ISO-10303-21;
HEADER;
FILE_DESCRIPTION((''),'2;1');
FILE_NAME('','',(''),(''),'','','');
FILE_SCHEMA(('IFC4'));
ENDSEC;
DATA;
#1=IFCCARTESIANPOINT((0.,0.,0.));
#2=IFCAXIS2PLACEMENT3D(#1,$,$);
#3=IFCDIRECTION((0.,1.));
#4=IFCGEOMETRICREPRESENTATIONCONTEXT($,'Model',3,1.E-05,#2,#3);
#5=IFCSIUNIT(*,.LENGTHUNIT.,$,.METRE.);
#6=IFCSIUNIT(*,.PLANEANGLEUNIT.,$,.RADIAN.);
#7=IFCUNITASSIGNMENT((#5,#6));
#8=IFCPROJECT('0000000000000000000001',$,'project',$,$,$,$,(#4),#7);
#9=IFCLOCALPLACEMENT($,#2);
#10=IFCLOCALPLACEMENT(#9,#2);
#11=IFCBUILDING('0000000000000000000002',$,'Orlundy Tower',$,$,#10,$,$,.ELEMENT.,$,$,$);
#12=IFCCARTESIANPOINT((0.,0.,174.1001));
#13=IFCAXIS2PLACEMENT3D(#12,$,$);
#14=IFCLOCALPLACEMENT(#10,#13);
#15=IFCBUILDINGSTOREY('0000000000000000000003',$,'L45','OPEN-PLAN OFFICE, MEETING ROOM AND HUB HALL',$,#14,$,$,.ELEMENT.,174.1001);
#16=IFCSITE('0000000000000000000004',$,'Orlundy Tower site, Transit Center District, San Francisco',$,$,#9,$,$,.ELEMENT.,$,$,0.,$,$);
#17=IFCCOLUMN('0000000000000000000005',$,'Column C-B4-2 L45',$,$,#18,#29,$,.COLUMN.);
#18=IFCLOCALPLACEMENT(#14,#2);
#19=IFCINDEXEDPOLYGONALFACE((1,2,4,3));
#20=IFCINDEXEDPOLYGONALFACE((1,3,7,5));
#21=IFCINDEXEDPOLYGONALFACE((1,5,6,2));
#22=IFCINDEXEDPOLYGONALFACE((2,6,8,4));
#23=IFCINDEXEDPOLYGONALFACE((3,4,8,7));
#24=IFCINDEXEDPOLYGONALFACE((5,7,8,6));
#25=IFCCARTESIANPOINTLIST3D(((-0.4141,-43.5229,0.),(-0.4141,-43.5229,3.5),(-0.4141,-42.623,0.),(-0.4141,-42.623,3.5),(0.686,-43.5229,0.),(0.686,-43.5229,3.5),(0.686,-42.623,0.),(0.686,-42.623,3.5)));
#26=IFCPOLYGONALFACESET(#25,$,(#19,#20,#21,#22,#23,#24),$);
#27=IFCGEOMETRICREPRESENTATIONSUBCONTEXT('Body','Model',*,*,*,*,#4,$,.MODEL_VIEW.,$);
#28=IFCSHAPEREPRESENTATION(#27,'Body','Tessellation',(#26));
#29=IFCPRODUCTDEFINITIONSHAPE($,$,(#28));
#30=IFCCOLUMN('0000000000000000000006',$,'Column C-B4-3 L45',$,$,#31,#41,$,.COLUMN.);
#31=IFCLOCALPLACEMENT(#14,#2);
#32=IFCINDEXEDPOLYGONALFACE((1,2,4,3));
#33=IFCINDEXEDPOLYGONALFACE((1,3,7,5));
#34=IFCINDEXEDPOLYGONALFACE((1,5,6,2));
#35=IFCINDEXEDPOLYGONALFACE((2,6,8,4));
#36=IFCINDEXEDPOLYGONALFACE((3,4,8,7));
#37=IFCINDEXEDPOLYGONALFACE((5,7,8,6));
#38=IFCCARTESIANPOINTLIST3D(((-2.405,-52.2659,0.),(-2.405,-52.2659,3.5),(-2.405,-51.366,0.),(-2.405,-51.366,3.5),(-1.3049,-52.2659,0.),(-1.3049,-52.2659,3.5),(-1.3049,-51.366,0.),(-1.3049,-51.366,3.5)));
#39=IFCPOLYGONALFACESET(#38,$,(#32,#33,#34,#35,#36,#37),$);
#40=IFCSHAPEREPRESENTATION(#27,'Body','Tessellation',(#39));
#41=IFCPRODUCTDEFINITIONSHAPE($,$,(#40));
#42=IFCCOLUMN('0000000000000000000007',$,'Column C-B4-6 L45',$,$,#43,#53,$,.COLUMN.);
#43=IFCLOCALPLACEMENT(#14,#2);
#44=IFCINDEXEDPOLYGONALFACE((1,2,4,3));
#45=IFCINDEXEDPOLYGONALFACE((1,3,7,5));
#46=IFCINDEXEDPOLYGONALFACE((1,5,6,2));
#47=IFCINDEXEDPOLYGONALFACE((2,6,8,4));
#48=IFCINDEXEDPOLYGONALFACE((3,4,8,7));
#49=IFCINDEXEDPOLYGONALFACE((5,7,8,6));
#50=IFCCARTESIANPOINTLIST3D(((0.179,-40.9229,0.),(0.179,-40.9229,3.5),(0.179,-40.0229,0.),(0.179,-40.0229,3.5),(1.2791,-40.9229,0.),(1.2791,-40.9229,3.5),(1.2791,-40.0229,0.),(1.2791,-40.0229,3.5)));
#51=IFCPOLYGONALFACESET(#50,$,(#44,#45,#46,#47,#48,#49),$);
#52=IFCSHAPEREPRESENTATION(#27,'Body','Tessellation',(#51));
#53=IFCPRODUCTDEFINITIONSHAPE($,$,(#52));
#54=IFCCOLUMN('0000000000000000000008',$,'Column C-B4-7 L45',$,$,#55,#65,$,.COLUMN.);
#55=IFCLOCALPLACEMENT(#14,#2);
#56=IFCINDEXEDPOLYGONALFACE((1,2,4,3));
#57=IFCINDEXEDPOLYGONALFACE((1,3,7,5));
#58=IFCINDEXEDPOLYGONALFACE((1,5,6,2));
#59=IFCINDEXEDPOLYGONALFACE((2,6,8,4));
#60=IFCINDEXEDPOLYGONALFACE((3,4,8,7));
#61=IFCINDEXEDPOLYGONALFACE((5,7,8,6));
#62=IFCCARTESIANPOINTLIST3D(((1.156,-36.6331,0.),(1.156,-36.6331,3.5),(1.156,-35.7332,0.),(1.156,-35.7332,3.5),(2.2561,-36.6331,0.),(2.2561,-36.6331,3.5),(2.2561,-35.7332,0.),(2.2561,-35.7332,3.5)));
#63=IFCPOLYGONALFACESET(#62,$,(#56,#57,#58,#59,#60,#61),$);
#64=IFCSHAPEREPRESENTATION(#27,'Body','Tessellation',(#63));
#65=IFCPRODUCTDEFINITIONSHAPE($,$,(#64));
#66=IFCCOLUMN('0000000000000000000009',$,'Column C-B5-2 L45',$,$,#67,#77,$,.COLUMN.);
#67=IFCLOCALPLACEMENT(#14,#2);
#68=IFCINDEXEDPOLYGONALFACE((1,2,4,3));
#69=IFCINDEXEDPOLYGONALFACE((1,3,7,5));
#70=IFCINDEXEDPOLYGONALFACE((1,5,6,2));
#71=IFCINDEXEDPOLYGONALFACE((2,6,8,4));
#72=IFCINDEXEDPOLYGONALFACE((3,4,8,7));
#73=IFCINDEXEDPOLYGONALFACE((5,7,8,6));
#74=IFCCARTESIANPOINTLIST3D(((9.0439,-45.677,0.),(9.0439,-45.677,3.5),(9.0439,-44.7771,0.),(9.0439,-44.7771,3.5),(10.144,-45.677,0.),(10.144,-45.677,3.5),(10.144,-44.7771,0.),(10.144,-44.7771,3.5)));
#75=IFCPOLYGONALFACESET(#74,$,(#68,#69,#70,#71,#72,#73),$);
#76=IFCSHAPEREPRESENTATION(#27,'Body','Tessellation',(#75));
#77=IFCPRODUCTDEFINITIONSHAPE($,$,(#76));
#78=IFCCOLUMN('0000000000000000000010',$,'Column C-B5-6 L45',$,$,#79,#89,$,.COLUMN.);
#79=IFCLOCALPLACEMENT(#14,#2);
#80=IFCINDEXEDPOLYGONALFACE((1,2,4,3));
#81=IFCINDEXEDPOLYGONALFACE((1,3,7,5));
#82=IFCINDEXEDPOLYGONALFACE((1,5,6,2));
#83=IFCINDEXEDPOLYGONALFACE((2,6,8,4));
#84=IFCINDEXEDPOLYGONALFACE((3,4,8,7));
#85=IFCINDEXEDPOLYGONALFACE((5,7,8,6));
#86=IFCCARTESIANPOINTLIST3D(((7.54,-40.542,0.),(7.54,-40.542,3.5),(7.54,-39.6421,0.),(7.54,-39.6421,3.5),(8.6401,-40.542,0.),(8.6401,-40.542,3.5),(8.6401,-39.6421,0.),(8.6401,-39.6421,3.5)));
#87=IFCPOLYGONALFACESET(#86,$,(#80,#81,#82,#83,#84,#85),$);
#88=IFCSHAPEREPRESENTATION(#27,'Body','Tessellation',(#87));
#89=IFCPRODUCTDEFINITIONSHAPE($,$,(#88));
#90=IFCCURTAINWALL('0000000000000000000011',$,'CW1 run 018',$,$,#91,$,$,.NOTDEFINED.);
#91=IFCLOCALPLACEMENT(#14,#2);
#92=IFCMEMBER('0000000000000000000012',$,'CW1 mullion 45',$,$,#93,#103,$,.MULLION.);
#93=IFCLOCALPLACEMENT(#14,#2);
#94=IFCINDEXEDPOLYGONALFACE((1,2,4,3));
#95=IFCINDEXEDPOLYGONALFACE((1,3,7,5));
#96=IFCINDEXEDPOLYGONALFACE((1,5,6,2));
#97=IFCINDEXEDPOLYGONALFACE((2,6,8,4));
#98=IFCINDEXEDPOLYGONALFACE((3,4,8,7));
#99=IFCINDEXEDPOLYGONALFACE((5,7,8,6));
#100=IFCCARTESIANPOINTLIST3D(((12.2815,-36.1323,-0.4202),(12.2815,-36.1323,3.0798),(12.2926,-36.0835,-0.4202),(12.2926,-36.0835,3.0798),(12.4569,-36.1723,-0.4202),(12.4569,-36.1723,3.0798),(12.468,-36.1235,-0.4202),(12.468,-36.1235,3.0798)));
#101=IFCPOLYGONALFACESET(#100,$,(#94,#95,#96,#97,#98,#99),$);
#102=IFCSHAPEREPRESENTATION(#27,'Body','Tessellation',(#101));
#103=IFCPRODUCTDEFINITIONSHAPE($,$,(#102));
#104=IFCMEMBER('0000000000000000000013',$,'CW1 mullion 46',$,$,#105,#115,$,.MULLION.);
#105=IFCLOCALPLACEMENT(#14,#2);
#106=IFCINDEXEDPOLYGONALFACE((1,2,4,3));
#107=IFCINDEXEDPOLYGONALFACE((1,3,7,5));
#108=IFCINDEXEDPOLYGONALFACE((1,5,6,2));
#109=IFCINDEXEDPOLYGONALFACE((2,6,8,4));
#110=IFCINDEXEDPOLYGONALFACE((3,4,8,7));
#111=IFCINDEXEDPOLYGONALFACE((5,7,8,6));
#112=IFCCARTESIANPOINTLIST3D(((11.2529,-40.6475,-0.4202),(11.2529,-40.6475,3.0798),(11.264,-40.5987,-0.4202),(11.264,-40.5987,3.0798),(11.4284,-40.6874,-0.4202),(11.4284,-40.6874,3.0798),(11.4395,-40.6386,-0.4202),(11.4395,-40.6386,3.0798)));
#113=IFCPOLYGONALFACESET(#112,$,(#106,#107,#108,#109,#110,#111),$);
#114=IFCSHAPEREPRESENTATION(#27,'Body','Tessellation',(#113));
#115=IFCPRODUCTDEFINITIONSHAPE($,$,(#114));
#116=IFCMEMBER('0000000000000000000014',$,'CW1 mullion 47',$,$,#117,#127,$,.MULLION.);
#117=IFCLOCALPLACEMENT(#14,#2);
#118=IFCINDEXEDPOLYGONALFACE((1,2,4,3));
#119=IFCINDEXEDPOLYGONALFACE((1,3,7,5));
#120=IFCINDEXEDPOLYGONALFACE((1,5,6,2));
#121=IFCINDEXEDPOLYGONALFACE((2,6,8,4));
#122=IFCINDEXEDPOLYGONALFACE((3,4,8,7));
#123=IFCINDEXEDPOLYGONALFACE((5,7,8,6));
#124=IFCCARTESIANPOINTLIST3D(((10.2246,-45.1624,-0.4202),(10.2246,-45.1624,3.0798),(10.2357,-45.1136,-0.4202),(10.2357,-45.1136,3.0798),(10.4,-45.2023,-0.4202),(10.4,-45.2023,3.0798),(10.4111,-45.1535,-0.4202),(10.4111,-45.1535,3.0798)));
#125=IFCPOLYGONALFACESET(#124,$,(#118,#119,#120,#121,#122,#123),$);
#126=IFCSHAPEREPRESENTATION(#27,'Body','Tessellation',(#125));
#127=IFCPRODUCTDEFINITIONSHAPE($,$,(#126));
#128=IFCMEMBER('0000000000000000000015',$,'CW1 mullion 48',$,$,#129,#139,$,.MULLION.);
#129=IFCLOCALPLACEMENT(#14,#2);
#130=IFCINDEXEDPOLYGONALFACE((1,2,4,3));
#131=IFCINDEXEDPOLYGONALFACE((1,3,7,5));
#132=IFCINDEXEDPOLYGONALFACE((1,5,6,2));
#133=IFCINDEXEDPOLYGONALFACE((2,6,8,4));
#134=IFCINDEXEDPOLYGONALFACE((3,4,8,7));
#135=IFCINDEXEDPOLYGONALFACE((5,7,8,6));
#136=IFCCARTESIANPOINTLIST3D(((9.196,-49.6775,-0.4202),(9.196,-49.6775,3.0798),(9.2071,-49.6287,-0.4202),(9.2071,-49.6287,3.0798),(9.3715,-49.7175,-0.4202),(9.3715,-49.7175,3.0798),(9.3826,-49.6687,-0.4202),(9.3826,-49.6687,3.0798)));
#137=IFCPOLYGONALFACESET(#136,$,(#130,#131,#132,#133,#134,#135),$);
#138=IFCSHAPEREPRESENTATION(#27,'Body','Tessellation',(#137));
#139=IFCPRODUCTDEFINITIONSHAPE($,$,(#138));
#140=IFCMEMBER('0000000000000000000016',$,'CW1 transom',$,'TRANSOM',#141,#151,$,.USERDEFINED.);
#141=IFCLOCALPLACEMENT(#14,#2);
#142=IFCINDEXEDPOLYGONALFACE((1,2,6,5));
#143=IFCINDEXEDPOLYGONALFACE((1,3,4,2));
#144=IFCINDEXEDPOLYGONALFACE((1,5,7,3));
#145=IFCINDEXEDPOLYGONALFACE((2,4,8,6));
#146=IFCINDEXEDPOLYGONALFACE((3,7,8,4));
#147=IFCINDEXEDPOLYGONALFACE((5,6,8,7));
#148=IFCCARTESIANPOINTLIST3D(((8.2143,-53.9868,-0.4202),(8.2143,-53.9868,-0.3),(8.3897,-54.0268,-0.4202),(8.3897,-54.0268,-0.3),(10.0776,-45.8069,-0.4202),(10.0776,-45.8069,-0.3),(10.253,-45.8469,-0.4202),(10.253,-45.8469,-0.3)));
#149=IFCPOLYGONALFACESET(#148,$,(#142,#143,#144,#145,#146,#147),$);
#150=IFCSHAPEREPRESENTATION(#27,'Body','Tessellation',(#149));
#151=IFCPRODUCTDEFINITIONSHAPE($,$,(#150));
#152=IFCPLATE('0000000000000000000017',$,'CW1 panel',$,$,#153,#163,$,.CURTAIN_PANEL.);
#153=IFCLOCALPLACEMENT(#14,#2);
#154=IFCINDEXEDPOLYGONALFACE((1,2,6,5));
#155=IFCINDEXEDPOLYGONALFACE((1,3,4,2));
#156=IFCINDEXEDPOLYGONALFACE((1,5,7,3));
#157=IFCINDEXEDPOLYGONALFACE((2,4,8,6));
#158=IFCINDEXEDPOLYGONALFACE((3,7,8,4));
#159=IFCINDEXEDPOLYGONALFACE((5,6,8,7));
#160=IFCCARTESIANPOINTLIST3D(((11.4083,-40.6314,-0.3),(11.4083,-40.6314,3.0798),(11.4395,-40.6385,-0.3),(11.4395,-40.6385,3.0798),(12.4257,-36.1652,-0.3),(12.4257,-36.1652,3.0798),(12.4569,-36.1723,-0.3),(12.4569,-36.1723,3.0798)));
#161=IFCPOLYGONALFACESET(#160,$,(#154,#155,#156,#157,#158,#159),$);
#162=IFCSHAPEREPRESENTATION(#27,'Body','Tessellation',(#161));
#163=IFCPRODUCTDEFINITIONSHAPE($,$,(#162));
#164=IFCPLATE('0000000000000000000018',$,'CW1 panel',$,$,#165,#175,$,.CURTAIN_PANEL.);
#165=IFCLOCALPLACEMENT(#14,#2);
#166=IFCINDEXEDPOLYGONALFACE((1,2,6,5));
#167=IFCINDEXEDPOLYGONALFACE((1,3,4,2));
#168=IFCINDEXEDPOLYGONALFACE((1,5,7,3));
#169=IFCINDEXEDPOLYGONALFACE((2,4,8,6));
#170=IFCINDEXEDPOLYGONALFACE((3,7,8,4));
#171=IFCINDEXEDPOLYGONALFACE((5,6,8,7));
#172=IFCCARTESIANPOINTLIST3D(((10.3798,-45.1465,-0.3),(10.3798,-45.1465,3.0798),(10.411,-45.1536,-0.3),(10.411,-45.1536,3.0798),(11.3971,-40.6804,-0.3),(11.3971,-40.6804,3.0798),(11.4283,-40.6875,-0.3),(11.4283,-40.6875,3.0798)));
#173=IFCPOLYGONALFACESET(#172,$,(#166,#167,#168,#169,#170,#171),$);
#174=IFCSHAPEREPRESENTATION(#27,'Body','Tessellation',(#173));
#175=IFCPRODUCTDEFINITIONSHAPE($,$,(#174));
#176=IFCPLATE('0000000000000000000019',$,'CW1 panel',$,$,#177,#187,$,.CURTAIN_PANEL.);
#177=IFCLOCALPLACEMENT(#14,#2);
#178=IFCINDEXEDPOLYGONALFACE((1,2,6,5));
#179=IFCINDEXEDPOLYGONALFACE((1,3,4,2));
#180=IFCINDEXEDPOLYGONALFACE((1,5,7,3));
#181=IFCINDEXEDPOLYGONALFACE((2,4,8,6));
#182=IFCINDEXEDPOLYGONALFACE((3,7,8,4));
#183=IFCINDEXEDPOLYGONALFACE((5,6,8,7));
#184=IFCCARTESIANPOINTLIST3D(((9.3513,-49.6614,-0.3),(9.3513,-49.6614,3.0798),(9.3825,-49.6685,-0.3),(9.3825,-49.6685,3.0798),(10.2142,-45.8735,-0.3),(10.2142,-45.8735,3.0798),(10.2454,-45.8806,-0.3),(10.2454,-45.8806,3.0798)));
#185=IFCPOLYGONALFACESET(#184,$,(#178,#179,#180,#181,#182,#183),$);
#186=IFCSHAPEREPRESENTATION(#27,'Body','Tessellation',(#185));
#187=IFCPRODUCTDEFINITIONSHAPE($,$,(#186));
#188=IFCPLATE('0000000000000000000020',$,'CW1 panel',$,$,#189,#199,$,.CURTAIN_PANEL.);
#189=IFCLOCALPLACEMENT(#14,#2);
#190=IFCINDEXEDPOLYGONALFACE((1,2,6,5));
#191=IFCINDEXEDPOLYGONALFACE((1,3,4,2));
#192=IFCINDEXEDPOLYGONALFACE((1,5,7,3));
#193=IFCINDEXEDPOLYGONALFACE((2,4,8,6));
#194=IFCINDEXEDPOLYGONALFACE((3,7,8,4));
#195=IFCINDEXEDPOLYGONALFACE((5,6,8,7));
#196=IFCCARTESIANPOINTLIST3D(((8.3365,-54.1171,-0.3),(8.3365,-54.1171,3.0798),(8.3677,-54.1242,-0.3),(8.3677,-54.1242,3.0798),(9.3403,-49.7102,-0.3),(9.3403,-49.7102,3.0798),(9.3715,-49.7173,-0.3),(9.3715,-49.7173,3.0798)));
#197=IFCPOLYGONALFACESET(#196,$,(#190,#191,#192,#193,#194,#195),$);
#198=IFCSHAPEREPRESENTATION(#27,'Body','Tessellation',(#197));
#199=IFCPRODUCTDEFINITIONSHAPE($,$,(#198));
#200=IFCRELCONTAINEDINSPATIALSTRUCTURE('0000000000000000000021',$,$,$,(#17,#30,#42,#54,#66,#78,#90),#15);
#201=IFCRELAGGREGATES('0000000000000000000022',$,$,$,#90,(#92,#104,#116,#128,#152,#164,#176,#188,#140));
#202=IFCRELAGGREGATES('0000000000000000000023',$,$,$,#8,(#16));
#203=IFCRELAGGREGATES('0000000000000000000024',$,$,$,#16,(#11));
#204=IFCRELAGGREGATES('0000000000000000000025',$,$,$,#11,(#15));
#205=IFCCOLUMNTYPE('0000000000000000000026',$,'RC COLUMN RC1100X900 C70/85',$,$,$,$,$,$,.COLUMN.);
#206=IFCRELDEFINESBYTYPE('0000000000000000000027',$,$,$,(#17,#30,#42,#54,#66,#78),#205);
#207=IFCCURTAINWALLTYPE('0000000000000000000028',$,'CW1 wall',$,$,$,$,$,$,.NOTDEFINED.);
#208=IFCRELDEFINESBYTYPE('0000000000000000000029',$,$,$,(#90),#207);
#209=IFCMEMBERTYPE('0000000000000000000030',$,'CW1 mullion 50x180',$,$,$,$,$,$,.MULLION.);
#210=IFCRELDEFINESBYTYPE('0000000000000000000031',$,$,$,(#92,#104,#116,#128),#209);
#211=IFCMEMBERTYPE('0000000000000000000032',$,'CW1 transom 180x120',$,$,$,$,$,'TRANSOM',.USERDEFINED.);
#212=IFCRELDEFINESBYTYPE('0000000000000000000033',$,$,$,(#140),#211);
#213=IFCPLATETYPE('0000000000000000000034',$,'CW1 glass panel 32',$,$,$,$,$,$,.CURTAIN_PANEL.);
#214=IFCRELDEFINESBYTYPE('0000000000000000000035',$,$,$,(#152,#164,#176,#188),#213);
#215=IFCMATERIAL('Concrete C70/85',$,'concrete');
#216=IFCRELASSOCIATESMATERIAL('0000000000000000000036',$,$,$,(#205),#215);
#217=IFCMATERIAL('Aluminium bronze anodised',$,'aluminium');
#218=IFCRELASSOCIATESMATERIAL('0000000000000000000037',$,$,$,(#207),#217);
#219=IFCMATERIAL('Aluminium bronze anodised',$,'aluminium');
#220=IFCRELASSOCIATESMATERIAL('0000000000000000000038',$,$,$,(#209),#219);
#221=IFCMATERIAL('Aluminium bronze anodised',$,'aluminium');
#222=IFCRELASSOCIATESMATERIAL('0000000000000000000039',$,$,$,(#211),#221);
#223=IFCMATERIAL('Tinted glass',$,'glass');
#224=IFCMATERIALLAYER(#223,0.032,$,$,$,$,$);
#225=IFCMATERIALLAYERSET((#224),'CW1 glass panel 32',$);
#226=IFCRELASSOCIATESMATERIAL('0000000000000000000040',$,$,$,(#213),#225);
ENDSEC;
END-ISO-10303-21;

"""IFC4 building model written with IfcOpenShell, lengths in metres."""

from ifc_helpers import new_model, si_unit, direction, frame, origin, origin_2d, place, context, subcontext, project, spatial, rectangle, extrude, material, layer, layer_set, material_profile, profile_set, type_object, element, aggregate, save


model = new_model("IFC4")

# Units and contexts
model_context = context("Model", 3, precision=1e-05, world=origin(), true_north=direction((0.0, 1.0)))
body_context = subcontext(model_context, "Body", "Model", "MODEL_VIEW")
ifc_project = project(units=[si_unit("LENGTHUNIT", "METRE"), si_unit("PLANEANGLEUNIT", "RADIAN")], contexts=[model_context])

# Site, building, storey
site_placement = place(None, origin())
site = spatial("IfcSite", under=ifc_project, at=site_placement, Name="Orlundy Tower site, Transit Center District, San Francisco", CompositionType="ELEMENT", RefElevation=0.0)
building_placement = place(site_placement, origin())
building = spatial("IfcBuilding", under=site, at=building_placement, Name="Orlundy Tower", CompositionType="ELEMENT")
storey_placement = place(building_placement, frame((0.0, 0.0, 174.1001)))
storey = spatial("IfcBuildingStorey", under=building, at=storey_placement, Name="L45", Description="OPEN-PLAN OFFICE, MEETING ROOM AND HUB HALL", CompositionType="ELEMENT", Elevation=174.1001)

# Columns
ifc_material_1 = material(Name="Concrete C70/85", Category="concrete")
ifc_material_profile_1 = material_profile(ifc_material_1, rectangle(XDim=1.1001, YDim=0.8999, at=origin_2d()), Name="RC1100X900")
ifc_profile_set_1 = profile_set([ifc_material_profile_1], Name="Concrete C70/85")
column_type = type_object("IfcColumnType", Name="RC COLUMN RC1100X900 C70/85", PredefinedType="COLUMN", material=ifc_profile_set_1)
for number, where, z_axis, x_axis, name in (
    (1, (0.136, -43.073, 0.0), (0.0, 0.0, 1.0), (1.0, 0.0, 0.0), "Column C-B4-2 L45"),
    (2, (-1.855, -51.8159, 0.0), (0.0, 0.0, 1.0), (1.0, 0.0, 0.0), "Column C-B4-3 L45"),
    (3, (0.729, -40.4729, 0.0), (0.0, 0.0, 1.0), (1.0, 0.0, 0.0), "Column C-B4-6 L45"),
    (4, (1.7061, -36.1831, 0.0), (0.0, 0.0, 1.0), (1.0, 0.0, 0.0), "Column C-B4-7 L45"),
    (5, (9.594, -45.2271, 0.0), (0.0, 0.0, 1.0), (1.0, 0.0, 0.0), "Column C-B5-2 L45"),
    (6, (8.0901, -40.092, 0.0), (0.0, 0.0, 1.0), (1.0, 0.0, 0.0), "Column C-B5-6 L45"),
):
    element("IfcColumn", number, at=place(storey_placement, frame(where, z_axis=z_axis, x_axis=x_axis)), inside=storey, type_object=column_type, Name=name, PredefinedType="COLUMN", context=body_context, shape_type="SweptSolid", body=[
        extrude(rectangle(XDim=1.1001, YDim=0.8999, at=origin_2d()), origin(), (0.0, 0.0, 1.0), 3.5),
    ])

# Curtain wall, members, plates
ifc_material_2 = material(Name="Aluminium bronze anodised", Category="aluminium")
curtain_wall_type = type_object("IfcCurtainWallType", Name="CW1 wall", PredefinedType="NOTDEFINED", material=ifc_material_2)
curtain_wall_placement = place(storey_placement, origin())
curtain_wall = element("IfcCurtainWall", 7, at=curtain_wall_placement, inside=storey, type_object=curtain_wall_type, Name="CW1 run 018", PredefinedType="NOTDEFINED")
ifc_material_3 = material(Name="Aluminium bronze anodised", Category="aluminium")
ifc_material_profile_2 = material_profile(ifc_material_3, rectangle(XDim=0.1799, YDim=0.05, at=origin_2d()), Name="CW1 mullion 50x180")
ifc_profile_set_2 = profile_set([ifc_material_profile_2], Name="Aluminium bronze anodised")
member_type_1 = type_object("IfcMemberType", Name="CW1 mullion 50x180", PredefinedType="MULLION", material=ifc_profile_set_2)
member_1_placement = place(storey_placement, frame((12.3748, -36.1279, -0.4202), z_axis=(0.0, 0.0, 1.0), x_axis=(0.975022, -0.222106, 0.0)))
member_1 = element("IfcMember", 8, at=member_1_placement, type_object=member_type_1, Name="CW1 mullion 45", PredefinedType="MULLION", context=body_context, shape_type="SweptSolid", body=[
    extrude(rectangle(XDim=0.1799, YDim=0.05, at=origin_2d()), origin(), (0.0, 0.0, 1.0), 3.5),
])
member_2_placement = place(storey_placement, frame((11.3462, -40.6431, -0.4202), z_axis=(0.0, 0.0, 1.0), x_axis=(0.975022, -0.222106, 0.0)))
member_2 = element("IfcMember", 9, at=member_2_placement, type_object=member_type_1, Name="CW1 mullion 46", PredefinedType="MULLION", context=body_context, shape_type="SweptSolid", body=[
    extrude(rectangle(XDim=0.1799, YDim=0.05, at=origin_2d()), origin(), (0.0, 0.0, 1.0), 3.5),
])
member_3_placement = place(storey_placement, frame((10.3179, -45.158, -0.4202), z_axis=(0.0, 0.0, 1.0), x_axis=(0.975022, -0.222106, 0.0)))
member_3 = element("IfcMember", 10, at=member_3_placement, type_object=member_type_1, Name="CW1 mullion 47", PredefinedType="MULLION", context=body_context, shape_type="SweptSolid", body=[
    extrude(rectangle(XDim=0.1799, YDim=0.05, at=origin_2d()), origin(), (0.0, 0.0, 1.0), 3.5),
])
member_4_placement = place(storey_placement, frame((9.2893, -49.6731, -0.4202), z_axis=(0.0, 0.0, 1.0), x_axis=(0.975022, -0.222106, 0.0)))
member_4 = element("IfcMember", 11, at=member_4_placement, type_object=member_type_1, Name="CW1 mullion 48", PredefinedType="MULLION", context=body_context, shape_type="SweptSolid", body=[
    extrude(rectangle(XDim=0.1799, YDim=0.05, at=origin_2d()), origin(), (0.0, 0.0, 1.0), 3.5),
])
ifc_material_4 = material(Name="Aluminium bronze anodised", Category="aluminium")
ifc_material_profile_3 = material_profile(ifc_material_4, rectangle(XDim=0.1799, YDim=0.1201, at=origin_2d()), Name="CW1 transom 180x120")
ifc_profile_set_3 = profile_set([ifc_material_profile_3], Name="Aluminium bronze anodised")
member_type_2 = type_object("IfcMemberType", Name="CW1 transom 180x120", ElementType="TRANSOM", PredefinedType="USERDEFINED", material=ifc_profile_set_3)
member_5_placement = place(storey_placement, frame((10.1653, -45.8269, -0.3601), z_axis=(-0.222098, -0.975024, 0.0), x_axis=(0.975024, -0.222098, 0.0)))
member_5 = element("IfcMember", 12, at=member_5_placement, type_object=member_type_2, Name="CW1 transom", ObjectType="TRANSOM", PredefinedType="USERDEFINED", context=body_context, shape_type="SweptSolid", body=[
    extrude(rectangle(XDim=0.1799, YDim=0.1201, at=origin_2d()), origin(), (0.0, 0.0, 1.0), 8.3894),
])
ifc_material_5 = material(Name="Tinted glass", Category="glass")
ifc_layer_1 = layer(ifc_material_5, 0.032)
ifc_layer_set_1 = layer_set([ifc_layer_1], Name="CW1 glass panel 32")
plate_type = type_object("IfcPlateType", Name="CW1 glass panel 32", PredefinedType="CURTAIN_PANEL", material=ifc_layer_set_1)
plate_1_placement = place(storey_placement, frame((11.9326, -38.4019, -0.3), z_axis=(0.0, 0.0, 1.0), x_axis=(-0.222106, -0.975022, 0.0)))
plate_1 = element("IfcPlate", 13, at=plate_1_placement, type_object=plate_type, Name="CW1 panel", PredefinedType="CURTAIN_PANEL", context=body_context, shape_type="SweptSolid", body=[
    extrude(rectangle(XDim=4.5806, YDim=0.032, at=origin_2d()), origin(), (0.0, 0.0, 1.0), 3.3799),
])
plate_2_placement = place(storey_placement, frame((10.9041, -42.917, -0.3), z_axis=(0.0, 0.0, 1.0), x_axis=(-0.222106, -0.975022, 0.0)))
plate_2 = element("IfcPlate", 14, at=plate_2_placement, type_object=plate_type, Name="CW1 panel", PredefinedType="CURTAIN_PANEL", context=body_context, shape_type="SweptSolid", body=[
    extrude(rectangle(XDim=4.5806, YDim=0.032, at=origin_2d()), origin(), (0.0, 0.0, 1.0), 3.3799),
])
plate_3_placement = place(storey_placement, frame((9.7983, -47.771, -0.3), z_axis=(0.0, 0.0, 1.0), x_axis=(-0.222106, -0.975022, 0.0)))
plate_3 = element("IfcPlate", 15, at=plate_3_placement, type_object=plate_type, Name="CW1 panel", PredefinedType="CURTAIN_PANEL", context=body_context, shape_type="SweptSolid", body=[
    extrude(rectangle(XDim=3.885, YDim=0.032, at=origin_2d()), origin(), (0.0, 0.0, 1.0), 3.3799),
])
plate_4_placement = place(storey_placement, frame((8.854, -51.9172, -0.3), z_axis=(0.0, 0.0, 1.0), x_axis=(-0.222106, -0.975022, 0.0)))
plate_4 = element("IfcPlate", 16, at=plate_4_placement, type_object=plate_type, Name="CW1 panel", PredefinedType="CURTAIN_PANEL", context=body_context, shape_type="SweptSolid", body=[
    extrude(rectangle(XDim=4.5198, YDim=0.032, at=origin_2d()), origin(), (0.0, 0.0, 1.0), 3.3799),
])
aggregate(curtain_wall, [member_1, member_2, member_3, member_4, plate_1, plate_2, plate_3, plate_4, member_5])

save(model, "model.ifc")
